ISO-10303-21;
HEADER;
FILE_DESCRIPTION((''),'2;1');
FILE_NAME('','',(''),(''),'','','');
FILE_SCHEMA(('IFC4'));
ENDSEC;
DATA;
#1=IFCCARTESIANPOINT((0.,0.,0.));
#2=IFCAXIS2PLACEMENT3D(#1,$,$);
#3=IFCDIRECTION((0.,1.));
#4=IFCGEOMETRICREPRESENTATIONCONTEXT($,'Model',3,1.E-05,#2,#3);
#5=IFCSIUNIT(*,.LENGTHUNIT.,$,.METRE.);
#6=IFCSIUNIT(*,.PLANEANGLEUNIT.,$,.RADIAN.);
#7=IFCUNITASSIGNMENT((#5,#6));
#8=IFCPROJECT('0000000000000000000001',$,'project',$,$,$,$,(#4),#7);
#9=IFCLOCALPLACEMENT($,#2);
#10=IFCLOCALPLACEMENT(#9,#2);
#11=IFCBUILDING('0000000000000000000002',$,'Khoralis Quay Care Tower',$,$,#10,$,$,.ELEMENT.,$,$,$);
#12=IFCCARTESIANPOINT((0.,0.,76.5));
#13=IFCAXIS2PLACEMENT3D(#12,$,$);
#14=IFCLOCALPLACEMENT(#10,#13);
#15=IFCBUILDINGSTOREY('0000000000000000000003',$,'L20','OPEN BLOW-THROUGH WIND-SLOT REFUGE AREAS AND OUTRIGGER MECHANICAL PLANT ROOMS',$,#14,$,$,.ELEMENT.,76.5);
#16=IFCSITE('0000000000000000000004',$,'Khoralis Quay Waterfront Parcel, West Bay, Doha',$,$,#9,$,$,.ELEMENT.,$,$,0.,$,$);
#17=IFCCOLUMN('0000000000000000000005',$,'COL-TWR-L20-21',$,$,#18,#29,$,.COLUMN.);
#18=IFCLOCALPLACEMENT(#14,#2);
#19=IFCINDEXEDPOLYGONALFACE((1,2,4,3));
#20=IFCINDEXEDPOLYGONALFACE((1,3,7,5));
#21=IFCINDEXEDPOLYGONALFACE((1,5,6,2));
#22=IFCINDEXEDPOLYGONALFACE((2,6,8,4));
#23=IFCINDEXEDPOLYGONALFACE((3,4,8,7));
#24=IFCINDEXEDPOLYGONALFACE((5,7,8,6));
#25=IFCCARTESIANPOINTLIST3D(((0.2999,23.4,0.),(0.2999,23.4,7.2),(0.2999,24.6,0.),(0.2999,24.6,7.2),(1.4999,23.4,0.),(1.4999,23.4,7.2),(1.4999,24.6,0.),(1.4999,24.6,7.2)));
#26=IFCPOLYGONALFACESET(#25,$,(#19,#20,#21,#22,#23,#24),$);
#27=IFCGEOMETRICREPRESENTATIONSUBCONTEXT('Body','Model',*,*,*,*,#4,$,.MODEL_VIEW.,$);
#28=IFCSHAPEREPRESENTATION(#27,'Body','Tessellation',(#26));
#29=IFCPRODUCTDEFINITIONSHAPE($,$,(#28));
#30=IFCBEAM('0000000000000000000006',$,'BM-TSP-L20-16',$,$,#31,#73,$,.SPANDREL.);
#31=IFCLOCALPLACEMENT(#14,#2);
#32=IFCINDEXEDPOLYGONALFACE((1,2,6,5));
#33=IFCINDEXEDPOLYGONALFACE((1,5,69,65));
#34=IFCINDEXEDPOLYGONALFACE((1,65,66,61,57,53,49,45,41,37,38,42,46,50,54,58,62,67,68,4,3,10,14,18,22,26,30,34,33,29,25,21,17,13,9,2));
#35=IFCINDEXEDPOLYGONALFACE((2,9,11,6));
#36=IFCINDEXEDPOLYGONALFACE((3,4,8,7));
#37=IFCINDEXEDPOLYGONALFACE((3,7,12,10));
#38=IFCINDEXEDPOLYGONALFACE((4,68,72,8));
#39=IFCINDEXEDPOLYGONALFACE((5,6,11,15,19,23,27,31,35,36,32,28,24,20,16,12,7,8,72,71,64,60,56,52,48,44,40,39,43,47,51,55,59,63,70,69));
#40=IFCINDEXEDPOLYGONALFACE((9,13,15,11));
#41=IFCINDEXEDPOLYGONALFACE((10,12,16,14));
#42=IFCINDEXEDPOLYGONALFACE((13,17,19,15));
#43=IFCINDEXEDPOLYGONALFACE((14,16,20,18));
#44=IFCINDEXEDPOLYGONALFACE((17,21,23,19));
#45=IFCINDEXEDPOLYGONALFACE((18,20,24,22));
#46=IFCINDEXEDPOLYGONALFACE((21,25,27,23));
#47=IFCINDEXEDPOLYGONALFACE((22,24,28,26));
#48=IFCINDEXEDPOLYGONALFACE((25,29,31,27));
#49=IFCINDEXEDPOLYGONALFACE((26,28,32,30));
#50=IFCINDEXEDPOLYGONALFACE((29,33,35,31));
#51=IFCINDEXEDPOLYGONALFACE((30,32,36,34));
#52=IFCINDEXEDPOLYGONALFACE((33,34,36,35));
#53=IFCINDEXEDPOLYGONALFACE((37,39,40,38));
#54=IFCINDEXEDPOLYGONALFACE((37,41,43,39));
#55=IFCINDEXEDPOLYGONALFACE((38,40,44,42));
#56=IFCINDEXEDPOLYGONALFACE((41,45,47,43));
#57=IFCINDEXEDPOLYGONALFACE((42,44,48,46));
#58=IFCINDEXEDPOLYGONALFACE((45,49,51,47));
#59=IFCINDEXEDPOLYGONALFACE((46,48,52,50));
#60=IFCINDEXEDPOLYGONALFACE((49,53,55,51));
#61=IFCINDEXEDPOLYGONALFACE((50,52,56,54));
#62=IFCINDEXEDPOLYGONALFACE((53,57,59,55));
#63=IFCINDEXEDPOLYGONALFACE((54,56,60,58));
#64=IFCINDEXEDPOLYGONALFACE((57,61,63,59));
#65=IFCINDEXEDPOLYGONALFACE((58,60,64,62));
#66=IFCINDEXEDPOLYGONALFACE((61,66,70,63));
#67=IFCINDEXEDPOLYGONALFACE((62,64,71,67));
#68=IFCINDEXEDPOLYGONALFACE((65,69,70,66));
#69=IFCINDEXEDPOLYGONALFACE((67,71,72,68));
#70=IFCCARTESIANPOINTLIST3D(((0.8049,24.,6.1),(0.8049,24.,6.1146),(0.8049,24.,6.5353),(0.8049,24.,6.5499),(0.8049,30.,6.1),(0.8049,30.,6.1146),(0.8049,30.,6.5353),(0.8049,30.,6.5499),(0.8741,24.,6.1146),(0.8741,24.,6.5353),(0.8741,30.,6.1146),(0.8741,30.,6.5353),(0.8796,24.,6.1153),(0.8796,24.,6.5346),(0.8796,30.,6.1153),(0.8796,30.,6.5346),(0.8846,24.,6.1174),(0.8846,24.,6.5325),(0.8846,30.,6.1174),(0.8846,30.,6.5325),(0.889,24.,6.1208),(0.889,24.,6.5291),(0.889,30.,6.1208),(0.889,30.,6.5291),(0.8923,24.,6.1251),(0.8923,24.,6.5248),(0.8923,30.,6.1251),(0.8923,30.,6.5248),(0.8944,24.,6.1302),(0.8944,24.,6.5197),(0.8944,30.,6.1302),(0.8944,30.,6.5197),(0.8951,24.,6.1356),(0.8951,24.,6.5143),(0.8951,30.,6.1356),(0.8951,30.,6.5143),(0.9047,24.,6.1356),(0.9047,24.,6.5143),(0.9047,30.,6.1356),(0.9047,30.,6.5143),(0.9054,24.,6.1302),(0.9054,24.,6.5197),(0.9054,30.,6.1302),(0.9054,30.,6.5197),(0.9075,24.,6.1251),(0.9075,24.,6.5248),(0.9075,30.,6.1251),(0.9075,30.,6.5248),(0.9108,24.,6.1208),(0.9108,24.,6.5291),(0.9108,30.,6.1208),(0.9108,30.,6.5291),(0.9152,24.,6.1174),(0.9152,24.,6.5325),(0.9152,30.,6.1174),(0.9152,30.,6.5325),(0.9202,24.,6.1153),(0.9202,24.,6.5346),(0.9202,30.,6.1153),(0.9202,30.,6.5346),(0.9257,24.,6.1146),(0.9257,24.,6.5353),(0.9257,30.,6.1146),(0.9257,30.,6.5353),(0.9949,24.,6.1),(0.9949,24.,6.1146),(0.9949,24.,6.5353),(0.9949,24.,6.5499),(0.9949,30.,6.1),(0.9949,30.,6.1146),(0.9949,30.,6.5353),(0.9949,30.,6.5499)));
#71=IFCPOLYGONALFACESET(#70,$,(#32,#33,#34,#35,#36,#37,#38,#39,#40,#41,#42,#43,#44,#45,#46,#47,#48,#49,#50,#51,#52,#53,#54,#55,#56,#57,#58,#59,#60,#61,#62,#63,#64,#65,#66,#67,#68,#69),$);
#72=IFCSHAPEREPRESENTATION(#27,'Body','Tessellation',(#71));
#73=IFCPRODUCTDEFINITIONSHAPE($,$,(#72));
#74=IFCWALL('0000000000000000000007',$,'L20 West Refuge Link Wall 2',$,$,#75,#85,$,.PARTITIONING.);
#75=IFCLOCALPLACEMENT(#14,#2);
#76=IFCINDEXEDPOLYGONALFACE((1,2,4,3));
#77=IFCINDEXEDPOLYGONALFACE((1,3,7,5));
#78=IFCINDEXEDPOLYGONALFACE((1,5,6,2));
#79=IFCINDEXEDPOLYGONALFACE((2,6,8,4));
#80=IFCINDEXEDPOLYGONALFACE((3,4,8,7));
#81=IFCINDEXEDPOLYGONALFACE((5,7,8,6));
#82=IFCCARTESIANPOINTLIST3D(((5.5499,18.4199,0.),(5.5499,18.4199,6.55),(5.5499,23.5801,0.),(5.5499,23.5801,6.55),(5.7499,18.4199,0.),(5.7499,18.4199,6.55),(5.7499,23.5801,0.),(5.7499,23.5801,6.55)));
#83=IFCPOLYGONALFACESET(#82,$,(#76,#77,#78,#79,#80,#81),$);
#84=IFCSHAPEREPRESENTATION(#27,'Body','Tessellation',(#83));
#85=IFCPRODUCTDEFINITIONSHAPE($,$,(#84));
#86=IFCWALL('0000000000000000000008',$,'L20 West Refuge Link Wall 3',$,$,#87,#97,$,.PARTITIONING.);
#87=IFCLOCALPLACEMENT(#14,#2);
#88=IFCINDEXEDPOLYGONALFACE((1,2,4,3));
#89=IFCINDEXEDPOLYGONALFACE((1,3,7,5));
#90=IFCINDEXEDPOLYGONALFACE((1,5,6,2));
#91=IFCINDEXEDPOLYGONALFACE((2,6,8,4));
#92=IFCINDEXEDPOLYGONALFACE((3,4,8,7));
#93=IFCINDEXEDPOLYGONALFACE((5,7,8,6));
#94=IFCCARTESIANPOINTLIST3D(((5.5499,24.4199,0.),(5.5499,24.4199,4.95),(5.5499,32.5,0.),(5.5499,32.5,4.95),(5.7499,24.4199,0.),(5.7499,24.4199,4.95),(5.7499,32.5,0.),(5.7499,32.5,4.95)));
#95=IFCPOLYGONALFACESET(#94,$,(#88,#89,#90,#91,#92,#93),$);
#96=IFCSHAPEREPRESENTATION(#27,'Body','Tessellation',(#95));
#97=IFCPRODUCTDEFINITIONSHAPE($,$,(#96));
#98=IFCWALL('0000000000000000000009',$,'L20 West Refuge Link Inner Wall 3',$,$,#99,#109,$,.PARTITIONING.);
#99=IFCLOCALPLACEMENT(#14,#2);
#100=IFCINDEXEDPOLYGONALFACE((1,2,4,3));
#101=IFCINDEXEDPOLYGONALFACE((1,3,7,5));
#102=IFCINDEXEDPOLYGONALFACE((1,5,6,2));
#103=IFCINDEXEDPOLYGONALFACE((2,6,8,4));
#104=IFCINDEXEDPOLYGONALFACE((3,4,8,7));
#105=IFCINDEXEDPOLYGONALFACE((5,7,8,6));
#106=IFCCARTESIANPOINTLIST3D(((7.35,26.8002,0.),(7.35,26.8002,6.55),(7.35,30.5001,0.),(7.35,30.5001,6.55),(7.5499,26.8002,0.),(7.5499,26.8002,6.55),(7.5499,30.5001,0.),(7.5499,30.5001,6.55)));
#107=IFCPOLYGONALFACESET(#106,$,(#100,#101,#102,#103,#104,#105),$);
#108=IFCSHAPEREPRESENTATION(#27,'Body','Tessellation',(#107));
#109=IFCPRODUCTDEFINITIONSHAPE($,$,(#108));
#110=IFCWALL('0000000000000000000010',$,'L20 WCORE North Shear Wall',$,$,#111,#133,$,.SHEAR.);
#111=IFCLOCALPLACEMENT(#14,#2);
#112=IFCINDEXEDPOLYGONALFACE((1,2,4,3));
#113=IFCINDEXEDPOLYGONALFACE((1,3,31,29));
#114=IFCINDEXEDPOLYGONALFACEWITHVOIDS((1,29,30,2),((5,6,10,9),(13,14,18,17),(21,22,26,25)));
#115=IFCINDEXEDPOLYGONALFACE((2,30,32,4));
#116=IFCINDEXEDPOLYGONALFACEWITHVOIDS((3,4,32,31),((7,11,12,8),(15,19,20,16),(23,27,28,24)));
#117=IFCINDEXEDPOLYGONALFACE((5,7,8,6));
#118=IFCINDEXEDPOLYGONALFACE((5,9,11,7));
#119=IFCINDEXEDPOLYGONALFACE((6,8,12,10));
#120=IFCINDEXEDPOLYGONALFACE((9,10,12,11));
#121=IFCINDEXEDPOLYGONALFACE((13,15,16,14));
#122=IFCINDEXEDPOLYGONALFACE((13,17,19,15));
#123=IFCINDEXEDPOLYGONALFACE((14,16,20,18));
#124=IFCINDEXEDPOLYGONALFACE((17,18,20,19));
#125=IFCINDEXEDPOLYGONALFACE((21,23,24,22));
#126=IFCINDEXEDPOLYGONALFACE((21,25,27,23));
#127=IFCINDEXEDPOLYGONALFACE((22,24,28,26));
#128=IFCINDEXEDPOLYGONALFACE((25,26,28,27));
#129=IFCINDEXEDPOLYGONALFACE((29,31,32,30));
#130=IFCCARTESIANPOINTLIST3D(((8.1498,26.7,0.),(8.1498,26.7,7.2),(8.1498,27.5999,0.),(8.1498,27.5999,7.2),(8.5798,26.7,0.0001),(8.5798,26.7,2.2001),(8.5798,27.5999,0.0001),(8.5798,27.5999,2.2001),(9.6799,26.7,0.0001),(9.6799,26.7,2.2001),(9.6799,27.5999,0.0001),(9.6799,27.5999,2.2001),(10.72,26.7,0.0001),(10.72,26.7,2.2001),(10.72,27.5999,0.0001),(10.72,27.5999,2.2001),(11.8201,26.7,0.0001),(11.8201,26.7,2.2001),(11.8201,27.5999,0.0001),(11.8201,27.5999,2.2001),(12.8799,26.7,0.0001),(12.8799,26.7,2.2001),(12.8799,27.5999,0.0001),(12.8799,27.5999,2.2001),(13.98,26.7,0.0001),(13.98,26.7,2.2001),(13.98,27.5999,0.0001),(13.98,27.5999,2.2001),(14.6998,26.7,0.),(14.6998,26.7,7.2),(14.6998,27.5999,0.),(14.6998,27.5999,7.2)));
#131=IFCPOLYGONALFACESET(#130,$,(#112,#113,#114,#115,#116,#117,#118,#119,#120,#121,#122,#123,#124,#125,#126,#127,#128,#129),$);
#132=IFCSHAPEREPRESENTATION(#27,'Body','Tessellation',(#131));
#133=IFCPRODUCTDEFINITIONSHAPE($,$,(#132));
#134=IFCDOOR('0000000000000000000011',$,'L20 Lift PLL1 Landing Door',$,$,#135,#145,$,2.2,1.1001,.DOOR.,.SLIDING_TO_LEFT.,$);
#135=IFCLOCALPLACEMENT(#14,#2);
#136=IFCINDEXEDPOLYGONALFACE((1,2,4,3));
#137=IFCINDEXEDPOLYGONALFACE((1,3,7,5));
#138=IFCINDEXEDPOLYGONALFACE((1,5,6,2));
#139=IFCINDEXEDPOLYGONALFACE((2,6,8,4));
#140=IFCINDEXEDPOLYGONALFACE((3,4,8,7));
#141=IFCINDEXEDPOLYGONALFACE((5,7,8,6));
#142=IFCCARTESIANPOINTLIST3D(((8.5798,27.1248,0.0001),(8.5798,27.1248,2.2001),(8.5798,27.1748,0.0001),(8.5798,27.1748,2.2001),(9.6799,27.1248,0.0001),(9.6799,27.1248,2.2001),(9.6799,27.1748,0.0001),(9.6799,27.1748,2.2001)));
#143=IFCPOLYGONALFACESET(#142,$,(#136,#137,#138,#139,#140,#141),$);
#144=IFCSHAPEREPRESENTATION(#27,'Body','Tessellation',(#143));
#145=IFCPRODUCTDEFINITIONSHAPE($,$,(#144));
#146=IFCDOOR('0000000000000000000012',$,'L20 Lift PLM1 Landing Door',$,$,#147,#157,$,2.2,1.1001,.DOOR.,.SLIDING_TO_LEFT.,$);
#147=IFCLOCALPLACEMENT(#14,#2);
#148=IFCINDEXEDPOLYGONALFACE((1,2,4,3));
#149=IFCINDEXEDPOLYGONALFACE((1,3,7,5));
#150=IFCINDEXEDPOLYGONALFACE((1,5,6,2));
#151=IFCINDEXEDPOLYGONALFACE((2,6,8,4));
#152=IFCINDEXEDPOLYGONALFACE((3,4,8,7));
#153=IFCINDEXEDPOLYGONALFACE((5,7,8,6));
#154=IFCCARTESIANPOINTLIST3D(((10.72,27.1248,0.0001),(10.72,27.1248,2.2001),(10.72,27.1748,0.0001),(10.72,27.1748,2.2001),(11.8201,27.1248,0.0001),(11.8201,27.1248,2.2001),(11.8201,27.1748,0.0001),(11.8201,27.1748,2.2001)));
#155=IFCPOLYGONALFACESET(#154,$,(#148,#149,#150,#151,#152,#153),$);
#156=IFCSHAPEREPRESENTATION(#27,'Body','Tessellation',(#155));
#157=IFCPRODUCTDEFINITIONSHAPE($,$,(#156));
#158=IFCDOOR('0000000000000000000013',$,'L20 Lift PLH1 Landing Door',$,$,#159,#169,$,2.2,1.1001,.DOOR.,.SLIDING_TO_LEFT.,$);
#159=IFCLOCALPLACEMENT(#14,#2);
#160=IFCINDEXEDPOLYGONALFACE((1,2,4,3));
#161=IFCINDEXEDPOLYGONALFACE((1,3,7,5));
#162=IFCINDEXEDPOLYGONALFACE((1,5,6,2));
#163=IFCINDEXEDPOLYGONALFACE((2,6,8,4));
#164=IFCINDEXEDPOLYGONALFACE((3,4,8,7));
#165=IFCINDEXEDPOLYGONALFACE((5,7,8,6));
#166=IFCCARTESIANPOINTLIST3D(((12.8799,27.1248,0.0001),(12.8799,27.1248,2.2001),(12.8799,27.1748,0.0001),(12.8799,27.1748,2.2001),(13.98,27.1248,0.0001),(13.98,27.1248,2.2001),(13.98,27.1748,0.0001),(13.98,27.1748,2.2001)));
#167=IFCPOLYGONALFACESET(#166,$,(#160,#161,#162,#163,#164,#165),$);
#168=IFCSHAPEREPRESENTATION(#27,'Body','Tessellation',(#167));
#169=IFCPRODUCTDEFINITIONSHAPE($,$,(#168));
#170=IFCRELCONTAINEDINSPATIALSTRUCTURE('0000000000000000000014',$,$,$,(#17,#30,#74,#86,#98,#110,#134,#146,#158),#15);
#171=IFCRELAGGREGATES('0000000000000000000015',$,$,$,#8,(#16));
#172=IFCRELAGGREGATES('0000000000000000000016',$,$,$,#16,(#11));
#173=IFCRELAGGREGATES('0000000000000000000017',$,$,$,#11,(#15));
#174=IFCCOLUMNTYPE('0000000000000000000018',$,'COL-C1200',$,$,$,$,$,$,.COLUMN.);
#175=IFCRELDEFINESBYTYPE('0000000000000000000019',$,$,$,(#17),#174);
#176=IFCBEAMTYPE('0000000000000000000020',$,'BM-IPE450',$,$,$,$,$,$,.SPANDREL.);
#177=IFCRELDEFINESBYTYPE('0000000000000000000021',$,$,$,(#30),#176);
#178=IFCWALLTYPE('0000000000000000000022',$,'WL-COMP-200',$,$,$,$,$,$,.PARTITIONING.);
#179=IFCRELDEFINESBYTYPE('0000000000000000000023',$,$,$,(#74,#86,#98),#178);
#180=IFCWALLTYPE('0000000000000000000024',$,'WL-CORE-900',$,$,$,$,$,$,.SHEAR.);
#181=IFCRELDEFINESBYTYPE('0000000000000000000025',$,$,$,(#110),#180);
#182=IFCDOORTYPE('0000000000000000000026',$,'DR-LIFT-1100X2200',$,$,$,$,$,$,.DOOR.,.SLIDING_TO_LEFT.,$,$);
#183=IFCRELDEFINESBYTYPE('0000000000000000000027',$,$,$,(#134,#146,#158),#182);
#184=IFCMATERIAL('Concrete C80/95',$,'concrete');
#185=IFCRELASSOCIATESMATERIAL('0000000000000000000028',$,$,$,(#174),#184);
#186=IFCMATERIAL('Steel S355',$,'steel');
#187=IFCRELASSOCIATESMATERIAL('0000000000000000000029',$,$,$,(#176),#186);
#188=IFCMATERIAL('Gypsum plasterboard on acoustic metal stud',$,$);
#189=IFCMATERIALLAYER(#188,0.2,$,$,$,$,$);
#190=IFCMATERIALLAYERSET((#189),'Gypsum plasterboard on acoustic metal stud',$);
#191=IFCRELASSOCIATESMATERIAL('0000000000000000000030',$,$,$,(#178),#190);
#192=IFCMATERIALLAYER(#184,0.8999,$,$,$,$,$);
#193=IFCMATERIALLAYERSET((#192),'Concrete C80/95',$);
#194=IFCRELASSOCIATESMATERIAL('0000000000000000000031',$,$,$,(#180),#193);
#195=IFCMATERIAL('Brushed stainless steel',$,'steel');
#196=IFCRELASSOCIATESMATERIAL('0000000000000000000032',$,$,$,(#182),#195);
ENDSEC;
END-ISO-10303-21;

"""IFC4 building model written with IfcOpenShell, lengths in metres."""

from ifc_helpers import new_model, si_unit, direction, frame, frame_2d, origin, origin_2d, place, context, subcontext, project, spatial, rectangle, i_section, extrude, source, transform, mapped, material, layer, layer_set, material_profile, profile_set, type_object, element, fill, save


model = new_model("IFC4")

# Units and contexts
model_context = context("Model", 3, precision=1e-05, world=origin(), true_north=direction((0.0, 1.0)))
body_context = subcontext(model_context, "Body", "Model", "MODEL_VIEW")
ifc_project = project(units=[si_unit("LENGTHUNIT", "METRE"), si_unit("PLANEANGLEUNIT", "RADIAN")], contexts=[model_context])

# Site, building, storey
site_placement = place(None, origin())
site = spatial("IfcSite", under=ifc_project, at=site_placement, Name="Khoralis Quay Waterfront Parcel, West Bay, Doha", CompositionType="ELEMENT", RefElevation=0.0)
building_placement = place(site_placement, origin())
building = spatial("IfcBuilding", under=site, at=building_placement, Name="Khoralis Quay Care Tower", CompositionType="ELEMENT")
storey_placement = place(building_placement, frame((0.0, 0.0, 76.5)))
storey = spatial("IfcBuildingStorey", under=building, at=storey_placement, Name="L20", Description="OPEN BLOW-THROUGH WIND-SLOT REFUGE AREAS AND OUTRIGGER MECHANICAL PLANT ROOMS", CompositionType="ELEMENT", Elevation=76.5)

# Column
ifc_material_1 = material(Name="Concrete C80/95", Category="concrete")
ifc_material_profile_1 = material_profile(ifc_material_1, rectangle(XDim=1.2, YDim=1.2, at=origin_2d()), Name="Concrete C80/95")
ifc_profile_set_1 = profile_set([ifc_material_profile_1], Name="Concrete C80/95")
column_type = type_object("IfcColumnType", Name="COL-C1200", PredefinedType="COLUMN", material=ifc_profile_set_1)
shared_shape_1 = source(origin(), body_context, "Body", "SweptSolid", [
    extrude(rectangle(XDim=1.2, YDim=1.2, at=origin_2d()), origin(), (0.0, 0.0, 1.0), 7.2),
])
column_placement = place(storey_placement, frame((0.8999, 24.0, 0.0), z_axis=(0.0, 0.0, 1.0), x_axis=(1.0, 0.0, 0.0)))
element("IfcColumn", 1, at=column_placement, inside=storey, type_object=column_type, Name="COL-TWR-L20-21", PredefinedType="COLUMN", context=body_context, shape_type="MappedRepresentation", body=[
    mapped(shared_shape_1, transform((0.0, 0.0, 0.0), scale=1.0)),
])

# Beam
ifc_material_2 = material(Name="Steel S355", Category="steel")
ifc_material_profile_2 = material_profile(ifc_material_2, i_section(OverallWidth=0.1899, OverallDepth=0.45, WebThickness=0.0095, FlangeThickness=0.0146, FilletRadius=0.021, at=origin_2d()), Name="Steel S355")
ifc_profile_set_2 = profile_set([ifc_material_profile_2], Name="Steel S355")
beam_type = type_object("IfcBeamType", Name="BM-IPE450", PredefinedType="SPANDREL", material=ifc_profile_set_2)
shared_shape_2 = source(origin(), body_context, "Body", "SweptSolid", [
    extrude(i_section(OverallWidth=0.1899, OverallDepth=0.45, WebThickness=0.0095, FlangeThickness=0.0146, FilletRadius=0.021, at=origin_2d()), origin(), (0.0, 0.0, 1.0), 6.0),
])
beam_placement = place(storey_placement, frame((0.8999, 24.0, 6.325), z_axis=(0.0, 1.0, 0.0), x_axis=(-1.0, 0.0, 0.0)))
element("IfcBeam", 2, at=beam_placement, inside=storey, type_object=beam_type, Name="BM-TSP-L20-16", PredefinedType="SPANDREL", context=body_context, shape_type="MappedRepresentation", body=[
    mapped(shared_shape_2, transform((0.0, 0.0, 0.0), scale=1.0)),
])

# Walls
ifc_material_3 = material(Name="Gypsum plasterboard on acoustic metal stud")
ifc_layer_1 = layer(ifc_material_3, 0.2)
ifc_layer_set_1 = layer_set([ifc_layer_1], Name="Gypsum plasterboard on acoustic metal stud")
wall_type_1 = type_object("IfcWallType", Name="WL-COMP-200", PredefinedType="PARTITIONING", material=ifc_layer_set_1)
wall_1_placement = place(storey_placement, frame((5.6499, 18.4199, 0.0), z_axis=(0.0, 0.0, 1.0), x_axis=(0.0, 1.0, 0.0)))
element("IfcWall", 3, at=wall_1_placement, inside=storey, type_object=wall_type_1, Name="L20 West Refuge Link Wall 2", PredefinedType="PARTITIONING", context=body_context, shape_type="SweptSolid", body=[
    extrude(rectangle(XDim=5.1602, YDim=0.2, at=frame_2d((2.5801, 0.0))), origin(), (0.0, 0.0, 1.0), 6.55),
])
wall_2_placement = place(storey_placement, frame((5.6499, 24.4199, 0.0), z_axis=(0.0, 0.0, 1.0), x_axis=(0.0, 1.0, 0.0)))
element("IfcWall", 4, at=wall_2_placement, inside=storey, type_object=wall_type_1, Name="L20 West Refuge Link Wall 3", PredefinedType="PARTITIONING", context=body_context, shape_type="SweptSolid", body=[
    extrude(rectangle(XDim=8.0801, YDim=0.2, at=frame_2d((4.04, 0.0))), origin(), (0.0, 0.0, 1.0), 4.95),
])
wall_3_placement = place(storey_placement, frame((7.45, 26.8, 0.0), z_axis=(0.0, 0.0, 1.0), x_axis=(0.0, 1.0, 0.0)))
element("IfcWall", 5, at=wall_3_placement, inside=storey, type_object=wall_type_1, Name="L20 West Refuge Link Inner Wall 3", PredefinedType="PARTITIONING", context=body_context, shape_type="SweptSolid", body=[
    extrude(rectangle(XDim=3.7, YDim=0.2, at=frame_2d((1.8501, 0.0))), origin(), (0.0, 0.0, 1.0), 6.55),
])

# Wall, openings, doors
ifc_layer_2 = layer(ifc_material_1, 0.8999)
ifc_layer_set_2 = layer_set([ifc_layer_2], Name="Concrete C80/95")
wall_type_2 = type_object("IfcWallType", Name="WL-CORE-900", PredefinedType="SHEAR", material=ifc_layer_set_2)
wall_4_placement = place(storey_placement, frame((8.1499, 27.1499, 0.0), z_axis=(0.0, 0.0, 1.0), x_axis=(1.0, 0.0, 0.0)))
wall_4 = element("IfcWall", 6, at=wall_4_placement, inside=storey, type_object=wall_type_2, Name="L20 WCORE North Shear Wall", PredefinedType="SHEAR", context=body_context, shape_type="SweptSolid", body=[
    extrude(rectangle(XDim=6.55, YDim=0.8999, at=frame_2d((3.2749, 0.0))), origin(), (0.0, 0.0, 1.0), 7.2),
])
opening_1_placement = place(wall_4_placement, frame((0.4299, 0.0, 0.0)))
opening_1 = element("IfcOpeningElement", 7, at=opening_1_placement, cuts=wall_4, PredefinedType="OPENING", context=body_context, shape_type="SweptSolid", body=[
    extrude(rectangle(XDim=1.1001, YDim=2.2, at=frame_2d((0.55, 1.1001))), frame((0.0, 0.46, 0.0), z_axis=(0.0, -1.0, 0.0), x_axis=(1.0, 0.0, 0.0)), (0.0, 0.0, 1.0), 0.9199),
])
opening_2_placement = place(wall_4_placement, frame((2.5701, 0.0, 0.0)))
opening_2 = element("IfcOpeningElement", 8, at=opening_2_placement, cuts=wall_4, PredefinedType="OPENING", context=body_context, shape_type="SweptSolid", body=[
    extrude(rectangle(XDim=1.1001, YDim=2.2, at=frame_2d((0.55, 1.1001))), frame((0.0, 0.46, 0.0), z_axis=(0.0, -1.0, 0.0), x_axis=(1.0, 0.0, 0.0)), (0.0, 0.0, 1.0), 0.9199),
])
opening_3_placement = place(wall_4_placement, frame((4.73, 0.0, 0.0)))
opening_3 = element("IfcOpeningElement", 9, at=opening_3_placement, cuts=wall_4, PredefinedType="OPENING", context=body_context, shape_type="SweptSolid", body=[
    extrude(rectangle(XDim=1.1001, YDim=2.2, at=frame_2d((0.55, 1.1001))), frame((0.0, 0.46, 0.0), z_axis=(0.0, -1.0, 0.0), x_axis=(1.0, 0.0, 0.0)), (0.0, 0.0, 1.0), 0.9199),
])
ifc_material_4 = material(Name="Brushed stainless steel", Category="steel")
door_type_1 = type_object("IfcDoorType", Name="DR-LIFT-1100X2200", OperationType="SLIDING_TO_LEFT", PredefinedType="DOOR", material=ifc_material_4)
shared_shape_3 = source(origin(), body_context, "Body", "SweptSolid", [
    extrude(rectangle(XDim=1.1001, YDim=2.2, at=frame_2d((0.55, 1.1001))), frame((0.0, 0.0249, 0.0), z_axis=(0.0, -1.0, 0.0), x_axis=(1.0, 0.0, 0.0)), (0.0, 0.0, 1.0), 0.05),
])
door_1_placement = place(opening_1_placement, origin())
door_1 = element("IfcDoor", 10, at=door_1_placement, inside=storey, type_object=door_type_1, Name="L20 Lift PLL1 Landing Door", OperationType="SLIDING_TO_LEFT", OverallHeight=2.2, OverallWidth=1.1001, PredefinedType="DOOR", context=body_context, shape_type="MappedRepresentation", body=[
    mapped(shared_shape_3, transform((0.0, 0.0, 0.0), scale=1.0)),
])
fill(opening_1, door_1)
door_2_placement = place(opening_2_placement, origin())
door_2 = element("IfcDoor", 11, at=door_2_placement, inside=storey, type_object=door_type_1, Name="L20 Lift PLM1 Landing Door", OperationType="SLIDING_TO_LEFT", OverallHeight=2.2, OverallWidth=1.1001, PredefinedType="DOOR", context=body_context, shape_type="MappedRepresentation", body=[
    mapped(shared_shape_3, transform((0.0, 0.0, 0.0), scale=1.0)),
])
fill(opening_2, door_2)
door_3_placement = place(opening_3_placement, origin())
door_3 = element("IfcDoor", 12, at=door_3_placement, inside=storey, type_object=door_type_1, Name="L20 Lift PLH1 Landing Door", OperationType="SLIDING_TO_LEFT", OverallHeight=2.2, OverallWidth=1.1001, PredefinedType="DOOR", context=body_context, shape_type="MappedRepresentation", body=[
    mapped(shared_shape_3, transform((0.0, 0.0, 0.0), scale=1.0)),
])
fill(opening_3, door_3)

save(model, "model.ifc")
